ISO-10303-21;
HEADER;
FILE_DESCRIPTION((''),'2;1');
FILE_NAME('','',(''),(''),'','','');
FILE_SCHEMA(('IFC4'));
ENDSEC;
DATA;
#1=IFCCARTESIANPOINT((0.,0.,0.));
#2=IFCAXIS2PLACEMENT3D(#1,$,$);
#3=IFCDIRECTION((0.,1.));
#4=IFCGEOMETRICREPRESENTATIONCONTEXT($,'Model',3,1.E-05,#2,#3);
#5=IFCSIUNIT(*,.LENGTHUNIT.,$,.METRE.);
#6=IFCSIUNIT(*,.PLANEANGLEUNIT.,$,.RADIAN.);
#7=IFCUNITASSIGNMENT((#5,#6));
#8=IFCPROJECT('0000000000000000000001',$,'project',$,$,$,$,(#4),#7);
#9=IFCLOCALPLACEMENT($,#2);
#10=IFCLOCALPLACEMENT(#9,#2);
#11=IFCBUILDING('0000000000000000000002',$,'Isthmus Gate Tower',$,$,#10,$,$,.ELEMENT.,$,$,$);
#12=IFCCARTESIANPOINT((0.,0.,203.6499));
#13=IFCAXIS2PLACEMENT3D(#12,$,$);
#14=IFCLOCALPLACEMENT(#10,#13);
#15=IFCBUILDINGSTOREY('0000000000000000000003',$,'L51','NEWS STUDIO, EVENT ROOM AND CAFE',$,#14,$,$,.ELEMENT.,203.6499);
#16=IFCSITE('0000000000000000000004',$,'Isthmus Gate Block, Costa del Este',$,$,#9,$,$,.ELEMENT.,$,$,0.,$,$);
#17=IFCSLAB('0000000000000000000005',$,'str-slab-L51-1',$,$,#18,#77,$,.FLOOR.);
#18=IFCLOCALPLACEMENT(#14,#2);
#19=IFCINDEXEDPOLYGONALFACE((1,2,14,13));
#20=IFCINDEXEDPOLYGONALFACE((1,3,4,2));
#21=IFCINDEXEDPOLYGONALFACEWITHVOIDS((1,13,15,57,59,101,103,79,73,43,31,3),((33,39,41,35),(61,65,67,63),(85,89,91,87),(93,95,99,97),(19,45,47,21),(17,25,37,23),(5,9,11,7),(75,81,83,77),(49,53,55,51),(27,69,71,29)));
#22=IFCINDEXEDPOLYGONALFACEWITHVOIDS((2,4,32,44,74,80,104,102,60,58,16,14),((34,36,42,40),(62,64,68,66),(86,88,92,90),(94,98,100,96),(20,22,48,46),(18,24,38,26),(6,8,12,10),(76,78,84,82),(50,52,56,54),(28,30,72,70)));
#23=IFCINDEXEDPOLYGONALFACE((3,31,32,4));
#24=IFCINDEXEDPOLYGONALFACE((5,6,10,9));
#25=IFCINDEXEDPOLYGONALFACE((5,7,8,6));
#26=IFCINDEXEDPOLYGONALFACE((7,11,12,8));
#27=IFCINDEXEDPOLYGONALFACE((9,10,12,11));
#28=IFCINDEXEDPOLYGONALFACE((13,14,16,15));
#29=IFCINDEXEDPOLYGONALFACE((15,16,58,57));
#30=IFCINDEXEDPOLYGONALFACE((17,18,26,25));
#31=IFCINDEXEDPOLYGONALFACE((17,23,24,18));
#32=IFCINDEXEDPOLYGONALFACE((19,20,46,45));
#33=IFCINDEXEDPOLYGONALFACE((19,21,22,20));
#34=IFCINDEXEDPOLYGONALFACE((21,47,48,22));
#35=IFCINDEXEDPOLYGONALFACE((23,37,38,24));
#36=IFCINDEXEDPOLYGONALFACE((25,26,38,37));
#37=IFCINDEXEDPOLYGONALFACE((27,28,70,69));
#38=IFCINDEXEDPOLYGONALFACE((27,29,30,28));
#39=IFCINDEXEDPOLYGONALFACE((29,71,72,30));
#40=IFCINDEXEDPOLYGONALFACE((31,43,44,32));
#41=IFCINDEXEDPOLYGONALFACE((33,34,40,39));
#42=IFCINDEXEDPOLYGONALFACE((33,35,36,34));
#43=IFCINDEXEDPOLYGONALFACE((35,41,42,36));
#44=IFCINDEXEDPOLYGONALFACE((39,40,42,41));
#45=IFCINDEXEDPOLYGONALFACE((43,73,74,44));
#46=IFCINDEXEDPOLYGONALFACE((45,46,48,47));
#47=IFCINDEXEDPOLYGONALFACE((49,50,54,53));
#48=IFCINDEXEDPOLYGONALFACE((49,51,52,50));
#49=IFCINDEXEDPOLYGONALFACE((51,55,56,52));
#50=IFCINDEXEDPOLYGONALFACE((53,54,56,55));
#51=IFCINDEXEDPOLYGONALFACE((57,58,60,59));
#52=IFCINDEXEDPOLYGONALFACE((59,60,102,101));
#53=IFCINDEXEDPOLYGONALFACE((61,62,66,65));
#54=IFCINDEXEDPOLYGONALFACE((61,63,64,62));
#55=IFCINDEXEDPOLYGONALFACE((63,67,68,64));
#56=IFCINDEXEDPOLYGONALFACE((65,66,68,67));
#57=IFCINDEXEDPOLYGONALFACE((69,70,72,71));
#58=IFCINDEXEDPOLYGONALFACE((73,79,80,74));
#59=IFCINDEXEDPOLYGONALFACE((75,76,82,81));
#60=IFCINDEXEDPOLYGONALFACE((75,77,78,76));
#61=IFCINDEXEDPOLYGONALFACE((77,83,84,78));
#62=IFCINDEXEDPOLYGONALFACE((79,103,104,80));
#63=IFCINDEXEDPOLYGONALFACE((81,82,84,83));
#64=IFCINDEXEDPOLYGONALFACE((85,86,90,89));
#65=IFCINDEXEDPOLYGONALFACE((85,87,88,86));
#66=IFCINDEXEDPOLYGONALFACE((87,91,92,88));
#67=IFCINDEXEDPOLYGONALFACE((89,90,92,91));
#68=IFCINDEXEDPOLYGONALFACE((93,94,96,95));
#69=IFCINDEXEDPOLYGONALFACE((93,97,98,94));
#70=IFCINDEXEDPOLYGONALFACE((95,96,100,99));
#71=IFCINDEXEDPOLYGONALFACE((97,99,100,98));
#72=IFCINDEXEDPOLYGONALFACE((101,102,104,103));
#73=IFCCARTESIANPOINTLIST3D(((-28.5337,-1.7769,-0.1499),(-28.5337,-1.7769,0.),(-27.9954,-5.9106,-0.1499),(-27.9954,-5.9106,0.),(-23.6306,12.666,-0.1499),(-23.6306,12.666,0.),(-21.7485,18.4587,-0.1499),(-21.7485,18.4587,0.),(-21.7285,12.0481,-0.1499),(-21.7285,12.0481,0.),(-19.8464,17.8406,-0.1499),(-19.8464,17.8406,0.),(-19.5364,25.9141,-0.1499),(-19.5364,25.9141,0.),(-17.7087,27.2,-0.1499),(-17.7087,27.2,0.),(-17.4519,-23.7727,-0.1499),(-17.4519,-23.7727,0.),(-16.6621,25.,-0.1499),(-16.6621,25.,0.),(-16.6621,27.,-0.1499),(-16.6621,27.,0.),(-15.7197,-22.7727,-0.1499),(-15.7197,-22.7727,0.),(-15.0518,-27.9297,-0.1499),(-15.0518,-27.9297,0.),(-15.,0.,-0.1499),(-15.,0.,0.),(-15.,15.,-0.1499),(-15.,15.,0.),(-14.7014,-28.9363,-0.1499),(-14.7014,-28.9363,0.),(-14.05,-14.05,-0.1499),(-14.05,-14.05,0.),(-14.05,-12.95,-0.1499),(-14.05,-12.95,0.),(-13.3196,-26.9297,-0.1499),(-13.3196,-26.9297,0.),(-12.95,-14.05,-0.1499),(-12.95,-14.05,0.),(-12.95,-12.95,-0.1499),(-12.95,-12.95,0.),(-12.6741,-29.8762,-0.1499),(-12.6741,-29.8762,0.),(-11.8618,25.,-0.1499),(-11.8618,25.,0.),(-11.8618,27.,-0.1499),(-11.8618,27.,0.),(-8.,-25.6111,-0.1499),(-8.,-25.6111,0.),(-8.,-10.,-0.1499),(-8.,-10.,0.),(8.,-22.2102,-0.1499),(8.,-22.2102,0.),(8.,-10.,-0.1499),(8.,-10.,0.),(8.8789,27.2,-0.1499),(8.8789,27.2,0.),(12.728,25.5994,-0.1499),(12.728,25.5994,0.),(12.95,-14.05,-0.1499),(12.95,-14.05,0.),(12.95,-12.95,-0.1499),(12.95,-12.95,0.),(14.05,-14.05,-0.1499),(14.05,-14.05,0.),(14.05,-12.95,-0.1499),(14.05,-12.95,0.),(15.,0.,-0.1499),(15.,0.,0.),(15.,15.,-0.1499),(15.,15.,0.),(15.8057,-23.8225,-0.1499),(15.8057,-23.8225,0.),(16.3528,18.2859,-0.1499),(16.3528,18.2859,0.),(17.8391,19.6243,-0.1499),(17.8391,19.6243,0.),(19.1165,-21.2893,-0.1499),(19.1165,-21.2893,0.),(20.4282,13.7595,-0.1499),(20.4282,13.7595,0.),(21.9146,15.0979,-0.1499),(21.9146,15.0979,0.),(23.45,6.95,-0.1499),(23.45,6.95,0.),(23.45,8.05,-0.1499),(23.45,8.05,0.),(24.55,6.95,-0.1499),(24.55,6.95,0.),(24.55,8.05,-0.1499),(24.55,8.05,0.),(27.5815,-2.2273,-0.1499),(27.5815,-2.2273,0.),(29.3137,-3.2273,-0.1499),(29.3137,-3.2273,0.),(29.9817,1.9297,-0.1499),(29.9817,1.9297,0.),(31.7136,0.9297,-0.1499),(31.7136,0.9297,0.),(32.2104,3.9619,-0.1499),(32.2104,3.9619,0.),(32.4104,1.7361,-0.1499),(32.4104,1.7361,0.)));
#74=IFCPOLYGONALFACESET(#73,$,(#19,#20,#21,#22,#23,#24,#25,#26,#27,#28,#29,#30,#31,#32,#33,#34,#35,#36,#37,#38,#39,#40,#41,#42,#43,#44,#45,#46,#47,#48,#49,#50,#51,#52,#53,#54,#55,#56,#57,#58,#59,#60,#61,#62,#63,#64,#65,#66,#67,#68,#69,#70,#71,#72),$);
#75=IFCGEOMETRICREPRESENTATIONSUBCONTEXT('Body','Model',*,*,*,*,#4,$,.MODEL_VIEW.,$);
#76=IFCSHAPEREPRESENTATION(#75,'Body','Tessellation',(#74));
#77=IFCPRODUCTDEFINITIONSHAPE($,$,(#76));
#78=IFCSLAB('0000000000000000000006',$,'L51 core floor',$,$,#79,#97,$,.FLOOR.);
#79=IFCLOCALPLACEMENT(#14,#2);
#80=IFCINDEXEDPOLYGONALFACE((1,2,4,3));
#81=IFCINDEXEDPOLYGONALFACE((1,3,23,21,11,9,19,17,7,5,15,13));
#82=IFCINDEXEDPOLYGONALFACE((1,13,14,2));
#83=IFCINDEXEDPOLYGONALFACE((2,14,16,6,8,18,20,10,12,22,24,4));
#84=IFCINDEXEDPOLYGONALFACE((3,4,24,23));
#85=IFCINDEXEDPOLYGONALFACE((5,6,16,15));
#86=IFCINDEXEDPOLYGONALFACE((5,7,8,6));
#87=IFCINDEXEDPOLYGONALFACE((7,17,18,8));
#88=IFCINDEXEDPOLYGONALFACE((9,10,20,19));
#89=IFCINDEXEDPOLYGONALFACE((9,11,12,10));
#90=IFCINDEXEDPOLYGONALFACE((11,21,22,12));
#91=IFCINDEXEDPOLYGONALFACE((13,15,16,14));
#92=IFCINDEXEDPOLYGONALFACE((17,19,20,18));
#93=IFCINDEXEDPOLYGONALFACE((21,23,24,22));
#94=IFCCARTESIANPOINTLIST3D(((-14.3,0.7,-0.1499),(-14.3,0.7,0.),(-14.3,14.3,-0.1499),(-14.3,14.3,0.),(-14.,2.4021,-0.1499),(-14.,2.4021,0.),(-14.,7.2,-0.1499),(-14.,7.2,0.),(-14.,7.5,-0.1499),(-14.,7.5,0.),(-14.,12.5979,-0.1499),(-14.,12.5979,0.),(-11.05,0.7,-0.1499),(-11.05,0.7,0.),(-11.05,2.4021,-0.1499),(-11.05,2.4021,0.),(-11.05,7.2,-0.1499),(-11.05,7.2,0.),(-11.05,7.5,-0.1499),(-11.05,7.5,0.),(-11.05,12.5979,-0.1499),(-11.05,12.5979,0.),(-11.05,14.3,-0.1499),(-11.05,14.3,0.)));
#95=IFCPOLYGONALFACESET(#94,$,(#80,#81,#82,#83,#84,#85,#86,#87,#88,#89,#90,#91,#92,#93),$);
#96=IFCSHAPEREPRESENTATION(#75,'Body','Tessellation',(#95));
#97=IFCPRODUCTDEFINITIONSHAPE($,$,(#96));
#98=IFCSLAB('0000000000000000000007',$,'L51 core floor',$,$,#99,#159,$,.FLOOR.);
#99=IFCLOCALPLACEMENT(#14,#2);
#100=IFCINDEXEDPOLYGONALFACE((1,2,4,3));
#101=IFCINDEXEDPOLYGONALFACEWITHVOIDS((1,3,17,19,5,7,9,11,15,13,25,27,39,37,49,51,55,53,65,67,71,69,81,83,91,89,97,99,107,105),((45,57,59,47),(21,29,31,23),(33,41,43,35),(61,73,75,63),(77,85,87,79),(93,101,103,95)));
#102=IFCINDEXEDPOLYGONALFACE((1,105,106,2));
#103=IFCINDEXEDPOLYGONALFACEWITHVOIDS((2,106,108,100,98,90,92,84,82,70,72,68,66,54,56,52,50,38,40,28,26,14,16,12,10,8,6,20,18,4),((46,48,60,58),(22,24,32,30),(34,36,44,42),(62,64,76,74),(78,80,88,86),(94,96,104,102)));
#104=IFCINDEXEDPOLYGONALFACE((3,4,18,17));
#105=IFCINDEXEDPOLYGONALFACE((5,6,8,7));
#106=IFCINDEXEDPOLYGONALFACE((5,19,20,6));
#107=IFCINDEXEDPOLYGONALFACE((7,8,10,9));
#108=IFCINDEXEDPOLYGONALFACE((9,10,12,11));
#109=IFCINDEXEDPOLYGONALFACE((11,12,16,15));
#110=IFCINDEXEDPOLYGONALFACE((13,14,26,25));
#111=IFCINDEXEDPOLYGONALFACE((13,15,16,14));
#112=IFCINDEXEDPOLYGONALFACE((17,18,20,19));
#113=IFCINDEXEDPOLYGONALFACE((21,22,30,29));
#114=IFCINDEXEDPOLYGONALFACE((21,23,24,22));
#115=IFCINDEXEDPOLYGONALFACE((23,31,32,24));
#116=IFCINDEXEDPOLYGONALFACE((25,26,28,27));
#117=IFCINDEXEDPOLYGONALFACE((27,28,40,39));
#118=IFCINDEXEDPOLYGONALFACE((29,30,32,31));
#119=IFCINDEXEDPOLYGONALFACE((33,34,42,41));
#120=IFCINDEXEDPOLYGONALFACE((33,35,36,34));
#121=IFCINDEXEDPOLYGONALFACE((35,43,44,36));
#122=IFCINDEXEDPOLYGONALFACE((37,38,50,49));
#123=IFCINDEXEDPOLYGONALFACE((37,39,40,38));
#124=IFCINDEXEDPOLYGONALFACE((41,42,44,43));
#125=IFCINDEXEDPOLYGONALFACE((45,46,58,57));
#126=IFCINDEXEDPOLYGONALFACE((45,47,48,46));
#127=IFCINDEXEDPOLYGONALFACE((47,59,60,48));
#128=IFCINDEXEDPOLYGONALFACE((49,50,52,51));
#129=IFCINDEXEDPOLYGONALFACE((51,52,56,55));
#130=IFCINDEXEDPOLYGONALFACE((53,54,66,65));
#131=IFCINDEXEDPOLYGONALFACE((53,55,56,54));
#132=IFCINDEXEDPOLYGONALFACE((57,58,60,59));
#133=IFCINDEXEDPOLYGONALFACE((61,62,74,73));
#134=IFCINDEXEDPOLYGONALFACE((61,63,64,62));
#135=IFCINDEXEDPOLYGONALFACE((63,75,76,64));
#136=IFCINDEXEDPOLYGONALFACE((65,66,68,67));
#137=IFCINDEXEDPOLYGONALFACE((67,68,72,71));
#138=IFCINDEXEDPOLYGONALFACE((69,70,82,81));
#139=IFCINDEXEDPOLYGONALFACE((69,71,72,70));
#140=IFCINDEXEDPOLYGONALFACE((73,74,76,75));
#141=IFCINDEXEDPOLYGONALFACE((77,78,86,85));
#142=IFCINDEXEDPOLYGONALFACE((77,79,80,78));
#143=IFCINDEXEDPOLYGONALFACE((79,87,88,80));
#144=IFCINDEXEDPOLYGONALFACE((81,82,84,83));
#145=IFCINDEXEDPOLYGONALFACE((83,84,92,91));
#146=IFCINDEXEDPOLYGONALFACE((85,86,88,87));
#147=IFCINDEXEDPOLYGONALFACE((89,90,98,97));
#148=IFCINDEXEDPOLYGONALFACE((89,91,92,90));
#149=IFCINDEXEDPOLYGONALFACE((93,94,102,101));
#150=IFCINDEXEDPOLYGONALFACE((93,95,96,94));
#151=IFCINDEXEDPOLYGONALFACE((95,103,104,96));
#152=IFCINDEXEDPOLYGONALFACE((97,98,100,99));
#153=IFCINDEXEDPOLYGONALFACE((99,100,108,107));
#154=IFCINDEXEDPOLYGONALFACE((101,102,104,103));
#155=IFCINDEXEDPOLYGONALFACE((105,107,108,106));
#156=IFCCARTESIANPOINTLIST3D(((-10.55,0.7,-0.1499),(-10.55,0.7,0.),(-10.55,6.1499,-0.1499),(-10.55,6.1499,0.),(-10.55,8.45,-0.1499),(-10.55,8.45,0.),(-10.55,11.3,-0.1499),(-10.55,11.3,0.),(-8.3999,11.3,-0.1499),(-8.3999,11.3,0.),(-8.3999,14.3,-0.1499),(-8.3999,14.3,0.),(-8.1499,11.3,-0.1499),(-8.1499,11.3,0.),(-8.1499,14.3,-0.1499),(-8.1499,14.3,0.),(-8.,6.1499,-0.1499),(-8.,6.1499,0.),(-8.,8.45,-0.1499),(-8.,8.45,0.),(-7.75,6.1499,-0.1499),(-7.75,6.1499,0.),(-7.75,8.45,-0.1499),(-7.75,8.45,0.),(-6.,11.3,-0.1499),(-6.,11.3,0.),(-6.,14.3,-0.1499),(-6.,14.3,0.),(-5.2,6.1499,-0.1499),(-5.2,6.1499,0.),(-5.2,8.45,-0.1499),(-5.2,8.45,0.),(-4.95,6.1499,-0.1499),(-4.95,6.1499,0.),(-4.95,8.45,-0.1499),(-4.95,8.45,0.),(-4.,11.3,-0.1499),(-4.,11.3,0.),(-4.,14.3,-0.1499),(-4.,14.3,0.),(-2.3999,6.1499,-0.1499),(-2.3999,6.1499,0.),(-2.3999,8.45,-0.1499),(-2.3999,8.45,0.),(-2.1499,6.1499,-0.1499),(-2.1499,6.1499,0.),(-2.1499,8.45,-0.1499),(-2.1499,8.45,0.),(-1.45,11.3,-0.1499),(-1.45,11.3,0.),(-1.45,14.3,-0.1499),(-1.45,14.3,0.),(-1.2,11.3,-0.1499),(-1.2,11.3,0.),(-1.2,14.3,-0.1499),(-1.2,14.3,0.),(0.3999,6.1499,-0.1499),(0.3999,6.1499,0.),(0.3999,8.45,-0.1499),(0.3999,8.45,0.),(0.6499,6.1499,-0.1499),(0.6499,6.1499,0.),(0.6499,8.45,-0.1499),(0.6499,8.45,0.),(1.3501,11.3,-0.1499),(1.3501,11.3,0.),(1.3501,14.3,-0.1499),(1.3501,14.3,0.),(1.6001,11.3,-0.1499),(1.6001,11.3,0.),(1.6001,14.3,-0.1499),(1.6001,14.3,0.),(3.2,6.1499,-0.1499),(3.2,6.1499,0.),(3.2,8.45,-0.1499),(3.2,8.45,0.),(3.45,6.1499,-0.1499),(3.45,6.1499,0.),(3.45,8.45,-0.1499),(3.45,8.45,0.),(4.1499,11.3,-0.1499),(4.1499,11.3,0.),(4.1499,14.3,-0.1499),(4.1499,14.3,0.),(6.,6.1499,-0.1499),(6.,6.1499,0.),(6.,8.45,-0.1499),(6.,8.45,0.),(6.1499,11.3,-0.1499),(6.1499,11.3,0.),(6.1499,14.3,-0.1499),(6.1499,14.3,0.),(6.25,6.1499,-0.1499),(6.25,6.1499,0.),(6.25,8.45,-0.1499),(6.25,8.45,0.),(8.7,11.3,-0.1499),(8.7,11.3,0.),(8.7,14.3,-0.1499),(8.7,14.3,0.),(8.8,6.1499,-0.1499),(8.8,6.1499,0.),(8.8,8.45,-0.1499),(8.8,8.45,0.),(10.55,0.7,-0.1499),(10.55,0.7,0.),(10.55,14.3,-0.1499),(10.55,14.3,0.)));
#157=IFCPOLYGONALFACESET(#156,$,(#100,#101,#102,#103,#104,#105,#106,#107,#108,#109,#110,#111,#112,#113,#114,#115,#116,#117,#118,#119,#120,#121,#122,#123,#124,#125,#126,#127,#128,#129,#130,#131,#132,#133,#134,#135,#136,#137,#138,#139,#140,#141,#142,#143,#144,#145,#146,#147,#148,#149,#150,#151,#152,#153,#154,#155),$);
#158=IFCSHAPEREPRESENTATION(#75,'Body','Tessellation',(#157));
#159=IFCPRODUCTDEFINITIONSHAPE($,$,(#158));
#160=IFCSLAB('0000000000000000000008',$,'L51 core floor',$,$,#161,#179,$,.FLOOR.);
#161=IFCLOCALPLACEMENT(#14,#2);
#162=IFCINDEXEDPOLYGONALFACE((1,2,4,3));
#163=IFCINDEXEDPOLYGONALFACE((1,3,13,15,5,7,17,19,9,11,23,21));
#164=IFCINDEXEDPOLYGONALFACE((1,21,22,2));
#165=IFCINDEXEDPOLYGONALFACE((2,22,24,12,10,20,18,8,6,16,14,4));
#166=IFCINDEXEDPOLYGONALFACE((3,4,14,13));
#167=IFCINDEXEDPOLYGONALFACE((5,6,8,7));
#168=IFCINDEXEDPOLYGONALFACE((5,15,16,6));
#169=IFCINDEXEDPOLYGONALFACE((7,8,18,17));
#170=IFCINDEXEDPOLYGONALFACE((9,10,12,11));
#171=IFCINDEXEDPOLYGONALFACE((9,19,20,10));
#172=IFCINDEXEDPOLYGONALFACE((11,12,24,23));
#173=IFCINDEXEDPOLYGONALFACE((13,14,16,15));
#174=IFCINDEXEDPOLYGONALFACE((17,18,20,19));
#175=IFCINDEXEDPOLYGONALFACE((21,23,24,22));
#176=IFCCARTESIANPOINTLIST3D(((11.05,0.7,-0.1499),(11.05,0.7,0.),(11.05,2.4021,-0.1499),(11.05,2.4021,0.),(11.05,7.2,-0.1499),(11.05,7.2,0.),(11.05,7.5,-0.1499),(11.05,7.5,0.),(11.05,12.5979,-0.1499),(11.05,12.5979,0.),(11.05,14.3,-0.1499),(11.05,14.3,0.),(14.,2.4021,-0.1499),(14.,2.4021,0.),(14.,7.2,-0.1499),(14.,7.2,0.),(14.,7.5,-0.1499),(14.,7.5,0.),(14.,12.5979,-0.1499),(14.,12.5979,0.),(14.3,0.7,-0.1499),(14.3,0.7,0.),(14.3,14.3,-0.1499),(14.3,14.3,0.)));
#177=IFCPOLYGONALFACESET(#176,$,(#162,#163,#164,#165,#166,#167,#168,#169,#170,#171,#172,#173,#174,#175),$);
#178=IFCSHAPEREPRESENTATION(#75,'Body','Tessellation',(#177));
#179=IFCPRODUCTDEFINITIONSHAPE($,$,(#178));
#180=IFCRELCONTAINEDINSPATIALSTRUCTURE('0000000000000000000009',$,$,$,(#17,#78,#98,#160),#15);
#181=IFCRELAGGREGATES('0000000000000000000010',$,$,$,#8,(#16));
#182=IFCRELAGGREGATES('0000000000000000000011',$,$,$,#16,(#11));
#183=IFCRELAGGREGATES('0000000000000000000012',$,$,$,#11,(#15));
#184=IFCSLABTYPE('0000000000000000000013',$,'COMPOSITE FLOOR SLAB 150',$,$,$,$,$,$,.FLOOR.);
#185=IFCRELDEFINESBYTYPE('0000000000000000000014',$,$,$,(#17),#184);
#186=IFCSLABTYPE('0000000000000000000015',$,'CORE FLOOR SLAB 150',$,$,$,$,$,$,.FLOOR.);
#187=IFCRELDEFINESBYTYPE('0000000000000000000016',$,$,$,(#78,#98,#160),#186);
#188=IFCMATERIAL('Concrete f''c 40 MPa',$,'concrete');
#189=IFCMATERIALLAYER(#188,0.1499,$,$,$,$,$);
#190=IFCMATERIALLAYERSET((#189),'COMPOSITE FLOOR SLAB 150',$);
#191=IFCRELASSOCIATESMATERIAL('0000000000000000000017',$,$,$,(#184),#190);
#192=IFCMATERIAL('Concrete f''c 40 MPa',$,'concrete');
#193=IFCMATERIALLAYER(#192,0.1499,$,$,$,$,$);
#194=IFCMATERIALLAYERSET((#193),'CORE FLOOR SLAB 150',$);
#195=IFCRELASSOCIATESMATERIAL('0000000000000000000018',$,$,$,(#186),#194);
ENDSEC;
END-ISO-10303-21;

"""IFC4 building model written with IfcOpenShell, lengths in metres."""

from ifc_helpers import new_model, si_unit, direction, frame, origin, place, context, subcontext, project, spatial, polyline, outline, extrude, material, layer, layer_set, type_object, element, save


model = new_model("IFC4")

# Units and contexts
model_context = context("Model", 3, precision=1e-05, world=origin(), true_north=direction((0.0, 1.0)))
body_context = subcontext(model_context, "Body", "Model", "MODEL_VIEW")
ifc_project = project(units=[si_unit("LENGTHUNIT", "METRE"), si_unit("PLANEANGLEUNIT", "RADIAN")], contexts=[model_context])

# Site, building, storey
site_placement = place(None, origin())
site = spatial("IfcSite", under=ifc_project, at=site_placement, Name="Isthmus Gate Block, Costa del Este", CompositionType="ELEMENT", RefElevation=0.0)
building_placement = place(site_placement, origin())
building = spatial("IfcBuilding", under=site, at=building_placement, Name="Isthmus Gate Tower", CompositionType="ELEMENT")
storey_placement = place(building_placement, frame((0.0, 0.0, 203.6499)))
storey = spatial("IfcBuildingStorey", under=building, at=storey_placement, Name="L51", Description="NEWS STUDIO, EVENT ROOM AND CAFE", CompositionType="ELEMENT", Elevation=203.6499)

# Slabs
ifc_material_1 = material(Name="Concrete f'c 40 MPa", Category="concrete")
ifc_layer_1 = layer(ifc_material_1, 0.1499)
ifc_layer_set_1 = layer_set([ifc_layer_1], Name="COMPOSITE FLOOR SLAB 150")
slab_type_1 = type_object("IfcSlabType", Name="COMPOSITE FLOOR SLAB 150", PredefinedType="FLOOR", material=ifc_layer_set_1)
slab_1_placement = place(storey_placement, frame((0.0, 0.0, -0.1499)))
element("IfcSlab", 1, at=slab_1_placement, inside=storey, type_object=slab_type_1, Name="str-slab-L51-1", PredefinedType="FLOOR", context=body_context, shape_type="SweptSolid", body=[
    extrude(outline(polyline([(12.728, 25.5994), (32.2104, 3.9619), (32.4104, 1.7361), (19.1165, -21.2893), (15.8057, -23.8225), (-12.6741, -29.8762), (-14.7014, -28.9363), (-27.9954, -5.9106), (-28.5337, -1.7769), (-19.5364, 25.9141), (-17.7087, 27.2), (8.8789, 27.2), (12.728, 25.5994)]), holes=[polyline([(-13.3196, -26.9297), (-15.7197, -22.7727), (-17.4519, -23.7727), (-15.0518, -27.9297), (-13.3196, -26.9297)]), polyline([(8.0, -10.0), (-8.0, -10.0), (-8.0, -25.6111), (8.0, -22.2102), (8.0, -10.0)]), polyline([(-12.95, -12.95), (-14.05, -12.95), (-14.05, -14.05), (-12.95, -14.05), (-12.95, -12.95)]), polyline([(12.95, -14.05), (14.05, -14.05), (14.05, -12.95), (12.95, -12.95), (12.95, -14.05)]), polyline([(31.7136, 0.9297), (29.9817, 1.9297), (27.5815, -2.2273), (29.3137, -3.2273), (31.7136, 0.9297)]), polyline([(-15.0, 15.0), (-15.0, 0.0), (15.0, 0.0), (15.0, 15.0), (-15.0, 15.0)]), polyline([(24.55, 6.95), (24.55, 8.05), (23.45, 8.05), (23.45, 6.95), (24.55, 6.95)]), polyline([(-21.7285, 12.0481), (-19.8464, 17.8406), (-21.7485, 18.4587), (-23.6306, 12.666), (-21.7285, 12.0481)]), polyline([(17.8391, 19.6243), (16.3528, 18.2859), (20.4282, 13.7595), (21.9146, 15.0979), (17.8391, 19.6243)]), polyline([(-16.6621, 27.0), (-16.6621, 25.0), (-11.8618, 25.0), (-11.8618, 27.0), (-16.6621, 27.0)])]), origin(), (0.0, 0.0, 1.0), 0.1499),
])
ifc_material_2 = material(Name="Concrete f'c 40 MPa", Category="concrete")
ifc_layer_2 = layer(ifc_material_2, 0.1499)
ifc_layer_set_2 = layer_set([ifc_layer_2], Name="CORE FLOOR SLAB 150")
slab_type_2 = type_object("IfcSlabType", Name="CORE FLOOR SLAB 150", PredefinedType="FLOOR", material=ifc_layer_set_2)
slab_2_placement = place(storey_placement, frame((0.0, 0.0, -0.1499)))
element("IfcSlab", 2, at=slab_2_placement, inside=storey, type_object=slab_type_2, Name="L51 core floor", PredefinedType="FLOOR", context=body_context, shape_type="SweptSolid", body=[
    extrude(outline(polyline([(-11.05, 0.7), (-11.05, 2.4021), (-14.0, 2.4021), (-14.0, 7.2), (-11.05, 7.2), (-11.05, 7.5), (-14.0, 7.5), (-14.0, 12.5979), (-11.05, 12.5979), (-11.05, 14.3), (-14.3, 14.3), (-14.3, 0.7), (-11.05, 0.7)])), origin(), (0.0, 0.0, 1.0), 0.1499),
])
slab_3_placement = place(storey_placement, frame((0.0, 0.0, -0.1499)))
element("IfcSlab", 3, at=slab_3_placement, inside=storey, type_object=slab_type_2, Name="L51 core floor", PredefinedType="FLOOR", context=body_context, shape_type="SweptSolid", body=[
    extrude(outline(polyline([(10.55, 14.3), (8.7, 14.3), (8.7, 11.3), (6.1499, 11.3), (6.1499, 14.3), (4.1499, 14.3), (4.1499, 11.3), (1.6001, 11.3), (1.6001, 14.3), (1.3501, 14.3), (1.3501, 11.3), (-1.2, 11.3), (-1.2, 14.3), (-1.45, 14.3), (-1.45, 11.3), (-4.0, 11.3), (-4.0, 14.3), (-6.0, 14.3), (-6.0, 11.3), (-8.1499, 11.3), (-8.1499, 14.3), (-8.3999, 14.3), (-8.3999, 11.3), (-10.55, 11.3), (-10.55, 8.45), (-8.0, 8.45), (-8.0, 6.1499), (-10.55, 6.1499), (-10.55, 0.7), (10.55, 0.7), (10.55, 14.3)]), holes=[polyline([(-5.2, 8.45), (-5.2, 6.1499), (-7.75, 6.1499), (-7.75, 8.45), (-5.2, 8.45)]), polyline([(-2.3999, 8.45), (-2.3999, 6.1499), (-4.95, 6.1499), (-4.95, 8.45), (-2.3999, 8.45)]), polyline([(0.3999, 8.45), (0.3999, 6.1499), (-2.1499, 6.1499), (-2.1499, 8.45), (0.3999, 8.45)]), polyline([(3.2, 8.45), (3.2, 6.1499), (0.6499, 6.1499), (0.6499, 8.45), (3.2, 8.45)]), polyline([(6.0, 8.45), (6.0, 6.1499), (3.45, 6.1499), (3.45, 8.45), (6.0, 8.45)]), polyline([(8.8, 8.45), (8.8, 6.1499), (6.25, 6.1499), (6.25, 8.45), (8.8, 8.45)])]), origin(), (0.0, 0.0, 1.0), 0.1499),
])
slab_4_placement = place(storey_placement, frame((0.0, 0.0, -0.1499)))
element("IfcSlab", 4, at=slab_4_placement, inside=storey, type_object=slab_type_2, Name="L51 core floor", PredefinedType="FLOOR", context=body_context, shape_type="SweptSolid", body=[
    extrude(outline(polyline([(11.05, 14.3), (11.05, 12.5979), (14.0, 12.5979), (14.0, 7.5), (11.05, 7.5), (11.05, 7.2), (14.0, 7.2), (14.0, 2.4021), (11.05, 2.4021), (11.05, 0.7), (14.3, 0.7), (14.3, 14.3), (11.05, 14.3)])), origin(), (0.0, 0.0, 1.0), 0.1499),
])

save(model, "model.ifc")
